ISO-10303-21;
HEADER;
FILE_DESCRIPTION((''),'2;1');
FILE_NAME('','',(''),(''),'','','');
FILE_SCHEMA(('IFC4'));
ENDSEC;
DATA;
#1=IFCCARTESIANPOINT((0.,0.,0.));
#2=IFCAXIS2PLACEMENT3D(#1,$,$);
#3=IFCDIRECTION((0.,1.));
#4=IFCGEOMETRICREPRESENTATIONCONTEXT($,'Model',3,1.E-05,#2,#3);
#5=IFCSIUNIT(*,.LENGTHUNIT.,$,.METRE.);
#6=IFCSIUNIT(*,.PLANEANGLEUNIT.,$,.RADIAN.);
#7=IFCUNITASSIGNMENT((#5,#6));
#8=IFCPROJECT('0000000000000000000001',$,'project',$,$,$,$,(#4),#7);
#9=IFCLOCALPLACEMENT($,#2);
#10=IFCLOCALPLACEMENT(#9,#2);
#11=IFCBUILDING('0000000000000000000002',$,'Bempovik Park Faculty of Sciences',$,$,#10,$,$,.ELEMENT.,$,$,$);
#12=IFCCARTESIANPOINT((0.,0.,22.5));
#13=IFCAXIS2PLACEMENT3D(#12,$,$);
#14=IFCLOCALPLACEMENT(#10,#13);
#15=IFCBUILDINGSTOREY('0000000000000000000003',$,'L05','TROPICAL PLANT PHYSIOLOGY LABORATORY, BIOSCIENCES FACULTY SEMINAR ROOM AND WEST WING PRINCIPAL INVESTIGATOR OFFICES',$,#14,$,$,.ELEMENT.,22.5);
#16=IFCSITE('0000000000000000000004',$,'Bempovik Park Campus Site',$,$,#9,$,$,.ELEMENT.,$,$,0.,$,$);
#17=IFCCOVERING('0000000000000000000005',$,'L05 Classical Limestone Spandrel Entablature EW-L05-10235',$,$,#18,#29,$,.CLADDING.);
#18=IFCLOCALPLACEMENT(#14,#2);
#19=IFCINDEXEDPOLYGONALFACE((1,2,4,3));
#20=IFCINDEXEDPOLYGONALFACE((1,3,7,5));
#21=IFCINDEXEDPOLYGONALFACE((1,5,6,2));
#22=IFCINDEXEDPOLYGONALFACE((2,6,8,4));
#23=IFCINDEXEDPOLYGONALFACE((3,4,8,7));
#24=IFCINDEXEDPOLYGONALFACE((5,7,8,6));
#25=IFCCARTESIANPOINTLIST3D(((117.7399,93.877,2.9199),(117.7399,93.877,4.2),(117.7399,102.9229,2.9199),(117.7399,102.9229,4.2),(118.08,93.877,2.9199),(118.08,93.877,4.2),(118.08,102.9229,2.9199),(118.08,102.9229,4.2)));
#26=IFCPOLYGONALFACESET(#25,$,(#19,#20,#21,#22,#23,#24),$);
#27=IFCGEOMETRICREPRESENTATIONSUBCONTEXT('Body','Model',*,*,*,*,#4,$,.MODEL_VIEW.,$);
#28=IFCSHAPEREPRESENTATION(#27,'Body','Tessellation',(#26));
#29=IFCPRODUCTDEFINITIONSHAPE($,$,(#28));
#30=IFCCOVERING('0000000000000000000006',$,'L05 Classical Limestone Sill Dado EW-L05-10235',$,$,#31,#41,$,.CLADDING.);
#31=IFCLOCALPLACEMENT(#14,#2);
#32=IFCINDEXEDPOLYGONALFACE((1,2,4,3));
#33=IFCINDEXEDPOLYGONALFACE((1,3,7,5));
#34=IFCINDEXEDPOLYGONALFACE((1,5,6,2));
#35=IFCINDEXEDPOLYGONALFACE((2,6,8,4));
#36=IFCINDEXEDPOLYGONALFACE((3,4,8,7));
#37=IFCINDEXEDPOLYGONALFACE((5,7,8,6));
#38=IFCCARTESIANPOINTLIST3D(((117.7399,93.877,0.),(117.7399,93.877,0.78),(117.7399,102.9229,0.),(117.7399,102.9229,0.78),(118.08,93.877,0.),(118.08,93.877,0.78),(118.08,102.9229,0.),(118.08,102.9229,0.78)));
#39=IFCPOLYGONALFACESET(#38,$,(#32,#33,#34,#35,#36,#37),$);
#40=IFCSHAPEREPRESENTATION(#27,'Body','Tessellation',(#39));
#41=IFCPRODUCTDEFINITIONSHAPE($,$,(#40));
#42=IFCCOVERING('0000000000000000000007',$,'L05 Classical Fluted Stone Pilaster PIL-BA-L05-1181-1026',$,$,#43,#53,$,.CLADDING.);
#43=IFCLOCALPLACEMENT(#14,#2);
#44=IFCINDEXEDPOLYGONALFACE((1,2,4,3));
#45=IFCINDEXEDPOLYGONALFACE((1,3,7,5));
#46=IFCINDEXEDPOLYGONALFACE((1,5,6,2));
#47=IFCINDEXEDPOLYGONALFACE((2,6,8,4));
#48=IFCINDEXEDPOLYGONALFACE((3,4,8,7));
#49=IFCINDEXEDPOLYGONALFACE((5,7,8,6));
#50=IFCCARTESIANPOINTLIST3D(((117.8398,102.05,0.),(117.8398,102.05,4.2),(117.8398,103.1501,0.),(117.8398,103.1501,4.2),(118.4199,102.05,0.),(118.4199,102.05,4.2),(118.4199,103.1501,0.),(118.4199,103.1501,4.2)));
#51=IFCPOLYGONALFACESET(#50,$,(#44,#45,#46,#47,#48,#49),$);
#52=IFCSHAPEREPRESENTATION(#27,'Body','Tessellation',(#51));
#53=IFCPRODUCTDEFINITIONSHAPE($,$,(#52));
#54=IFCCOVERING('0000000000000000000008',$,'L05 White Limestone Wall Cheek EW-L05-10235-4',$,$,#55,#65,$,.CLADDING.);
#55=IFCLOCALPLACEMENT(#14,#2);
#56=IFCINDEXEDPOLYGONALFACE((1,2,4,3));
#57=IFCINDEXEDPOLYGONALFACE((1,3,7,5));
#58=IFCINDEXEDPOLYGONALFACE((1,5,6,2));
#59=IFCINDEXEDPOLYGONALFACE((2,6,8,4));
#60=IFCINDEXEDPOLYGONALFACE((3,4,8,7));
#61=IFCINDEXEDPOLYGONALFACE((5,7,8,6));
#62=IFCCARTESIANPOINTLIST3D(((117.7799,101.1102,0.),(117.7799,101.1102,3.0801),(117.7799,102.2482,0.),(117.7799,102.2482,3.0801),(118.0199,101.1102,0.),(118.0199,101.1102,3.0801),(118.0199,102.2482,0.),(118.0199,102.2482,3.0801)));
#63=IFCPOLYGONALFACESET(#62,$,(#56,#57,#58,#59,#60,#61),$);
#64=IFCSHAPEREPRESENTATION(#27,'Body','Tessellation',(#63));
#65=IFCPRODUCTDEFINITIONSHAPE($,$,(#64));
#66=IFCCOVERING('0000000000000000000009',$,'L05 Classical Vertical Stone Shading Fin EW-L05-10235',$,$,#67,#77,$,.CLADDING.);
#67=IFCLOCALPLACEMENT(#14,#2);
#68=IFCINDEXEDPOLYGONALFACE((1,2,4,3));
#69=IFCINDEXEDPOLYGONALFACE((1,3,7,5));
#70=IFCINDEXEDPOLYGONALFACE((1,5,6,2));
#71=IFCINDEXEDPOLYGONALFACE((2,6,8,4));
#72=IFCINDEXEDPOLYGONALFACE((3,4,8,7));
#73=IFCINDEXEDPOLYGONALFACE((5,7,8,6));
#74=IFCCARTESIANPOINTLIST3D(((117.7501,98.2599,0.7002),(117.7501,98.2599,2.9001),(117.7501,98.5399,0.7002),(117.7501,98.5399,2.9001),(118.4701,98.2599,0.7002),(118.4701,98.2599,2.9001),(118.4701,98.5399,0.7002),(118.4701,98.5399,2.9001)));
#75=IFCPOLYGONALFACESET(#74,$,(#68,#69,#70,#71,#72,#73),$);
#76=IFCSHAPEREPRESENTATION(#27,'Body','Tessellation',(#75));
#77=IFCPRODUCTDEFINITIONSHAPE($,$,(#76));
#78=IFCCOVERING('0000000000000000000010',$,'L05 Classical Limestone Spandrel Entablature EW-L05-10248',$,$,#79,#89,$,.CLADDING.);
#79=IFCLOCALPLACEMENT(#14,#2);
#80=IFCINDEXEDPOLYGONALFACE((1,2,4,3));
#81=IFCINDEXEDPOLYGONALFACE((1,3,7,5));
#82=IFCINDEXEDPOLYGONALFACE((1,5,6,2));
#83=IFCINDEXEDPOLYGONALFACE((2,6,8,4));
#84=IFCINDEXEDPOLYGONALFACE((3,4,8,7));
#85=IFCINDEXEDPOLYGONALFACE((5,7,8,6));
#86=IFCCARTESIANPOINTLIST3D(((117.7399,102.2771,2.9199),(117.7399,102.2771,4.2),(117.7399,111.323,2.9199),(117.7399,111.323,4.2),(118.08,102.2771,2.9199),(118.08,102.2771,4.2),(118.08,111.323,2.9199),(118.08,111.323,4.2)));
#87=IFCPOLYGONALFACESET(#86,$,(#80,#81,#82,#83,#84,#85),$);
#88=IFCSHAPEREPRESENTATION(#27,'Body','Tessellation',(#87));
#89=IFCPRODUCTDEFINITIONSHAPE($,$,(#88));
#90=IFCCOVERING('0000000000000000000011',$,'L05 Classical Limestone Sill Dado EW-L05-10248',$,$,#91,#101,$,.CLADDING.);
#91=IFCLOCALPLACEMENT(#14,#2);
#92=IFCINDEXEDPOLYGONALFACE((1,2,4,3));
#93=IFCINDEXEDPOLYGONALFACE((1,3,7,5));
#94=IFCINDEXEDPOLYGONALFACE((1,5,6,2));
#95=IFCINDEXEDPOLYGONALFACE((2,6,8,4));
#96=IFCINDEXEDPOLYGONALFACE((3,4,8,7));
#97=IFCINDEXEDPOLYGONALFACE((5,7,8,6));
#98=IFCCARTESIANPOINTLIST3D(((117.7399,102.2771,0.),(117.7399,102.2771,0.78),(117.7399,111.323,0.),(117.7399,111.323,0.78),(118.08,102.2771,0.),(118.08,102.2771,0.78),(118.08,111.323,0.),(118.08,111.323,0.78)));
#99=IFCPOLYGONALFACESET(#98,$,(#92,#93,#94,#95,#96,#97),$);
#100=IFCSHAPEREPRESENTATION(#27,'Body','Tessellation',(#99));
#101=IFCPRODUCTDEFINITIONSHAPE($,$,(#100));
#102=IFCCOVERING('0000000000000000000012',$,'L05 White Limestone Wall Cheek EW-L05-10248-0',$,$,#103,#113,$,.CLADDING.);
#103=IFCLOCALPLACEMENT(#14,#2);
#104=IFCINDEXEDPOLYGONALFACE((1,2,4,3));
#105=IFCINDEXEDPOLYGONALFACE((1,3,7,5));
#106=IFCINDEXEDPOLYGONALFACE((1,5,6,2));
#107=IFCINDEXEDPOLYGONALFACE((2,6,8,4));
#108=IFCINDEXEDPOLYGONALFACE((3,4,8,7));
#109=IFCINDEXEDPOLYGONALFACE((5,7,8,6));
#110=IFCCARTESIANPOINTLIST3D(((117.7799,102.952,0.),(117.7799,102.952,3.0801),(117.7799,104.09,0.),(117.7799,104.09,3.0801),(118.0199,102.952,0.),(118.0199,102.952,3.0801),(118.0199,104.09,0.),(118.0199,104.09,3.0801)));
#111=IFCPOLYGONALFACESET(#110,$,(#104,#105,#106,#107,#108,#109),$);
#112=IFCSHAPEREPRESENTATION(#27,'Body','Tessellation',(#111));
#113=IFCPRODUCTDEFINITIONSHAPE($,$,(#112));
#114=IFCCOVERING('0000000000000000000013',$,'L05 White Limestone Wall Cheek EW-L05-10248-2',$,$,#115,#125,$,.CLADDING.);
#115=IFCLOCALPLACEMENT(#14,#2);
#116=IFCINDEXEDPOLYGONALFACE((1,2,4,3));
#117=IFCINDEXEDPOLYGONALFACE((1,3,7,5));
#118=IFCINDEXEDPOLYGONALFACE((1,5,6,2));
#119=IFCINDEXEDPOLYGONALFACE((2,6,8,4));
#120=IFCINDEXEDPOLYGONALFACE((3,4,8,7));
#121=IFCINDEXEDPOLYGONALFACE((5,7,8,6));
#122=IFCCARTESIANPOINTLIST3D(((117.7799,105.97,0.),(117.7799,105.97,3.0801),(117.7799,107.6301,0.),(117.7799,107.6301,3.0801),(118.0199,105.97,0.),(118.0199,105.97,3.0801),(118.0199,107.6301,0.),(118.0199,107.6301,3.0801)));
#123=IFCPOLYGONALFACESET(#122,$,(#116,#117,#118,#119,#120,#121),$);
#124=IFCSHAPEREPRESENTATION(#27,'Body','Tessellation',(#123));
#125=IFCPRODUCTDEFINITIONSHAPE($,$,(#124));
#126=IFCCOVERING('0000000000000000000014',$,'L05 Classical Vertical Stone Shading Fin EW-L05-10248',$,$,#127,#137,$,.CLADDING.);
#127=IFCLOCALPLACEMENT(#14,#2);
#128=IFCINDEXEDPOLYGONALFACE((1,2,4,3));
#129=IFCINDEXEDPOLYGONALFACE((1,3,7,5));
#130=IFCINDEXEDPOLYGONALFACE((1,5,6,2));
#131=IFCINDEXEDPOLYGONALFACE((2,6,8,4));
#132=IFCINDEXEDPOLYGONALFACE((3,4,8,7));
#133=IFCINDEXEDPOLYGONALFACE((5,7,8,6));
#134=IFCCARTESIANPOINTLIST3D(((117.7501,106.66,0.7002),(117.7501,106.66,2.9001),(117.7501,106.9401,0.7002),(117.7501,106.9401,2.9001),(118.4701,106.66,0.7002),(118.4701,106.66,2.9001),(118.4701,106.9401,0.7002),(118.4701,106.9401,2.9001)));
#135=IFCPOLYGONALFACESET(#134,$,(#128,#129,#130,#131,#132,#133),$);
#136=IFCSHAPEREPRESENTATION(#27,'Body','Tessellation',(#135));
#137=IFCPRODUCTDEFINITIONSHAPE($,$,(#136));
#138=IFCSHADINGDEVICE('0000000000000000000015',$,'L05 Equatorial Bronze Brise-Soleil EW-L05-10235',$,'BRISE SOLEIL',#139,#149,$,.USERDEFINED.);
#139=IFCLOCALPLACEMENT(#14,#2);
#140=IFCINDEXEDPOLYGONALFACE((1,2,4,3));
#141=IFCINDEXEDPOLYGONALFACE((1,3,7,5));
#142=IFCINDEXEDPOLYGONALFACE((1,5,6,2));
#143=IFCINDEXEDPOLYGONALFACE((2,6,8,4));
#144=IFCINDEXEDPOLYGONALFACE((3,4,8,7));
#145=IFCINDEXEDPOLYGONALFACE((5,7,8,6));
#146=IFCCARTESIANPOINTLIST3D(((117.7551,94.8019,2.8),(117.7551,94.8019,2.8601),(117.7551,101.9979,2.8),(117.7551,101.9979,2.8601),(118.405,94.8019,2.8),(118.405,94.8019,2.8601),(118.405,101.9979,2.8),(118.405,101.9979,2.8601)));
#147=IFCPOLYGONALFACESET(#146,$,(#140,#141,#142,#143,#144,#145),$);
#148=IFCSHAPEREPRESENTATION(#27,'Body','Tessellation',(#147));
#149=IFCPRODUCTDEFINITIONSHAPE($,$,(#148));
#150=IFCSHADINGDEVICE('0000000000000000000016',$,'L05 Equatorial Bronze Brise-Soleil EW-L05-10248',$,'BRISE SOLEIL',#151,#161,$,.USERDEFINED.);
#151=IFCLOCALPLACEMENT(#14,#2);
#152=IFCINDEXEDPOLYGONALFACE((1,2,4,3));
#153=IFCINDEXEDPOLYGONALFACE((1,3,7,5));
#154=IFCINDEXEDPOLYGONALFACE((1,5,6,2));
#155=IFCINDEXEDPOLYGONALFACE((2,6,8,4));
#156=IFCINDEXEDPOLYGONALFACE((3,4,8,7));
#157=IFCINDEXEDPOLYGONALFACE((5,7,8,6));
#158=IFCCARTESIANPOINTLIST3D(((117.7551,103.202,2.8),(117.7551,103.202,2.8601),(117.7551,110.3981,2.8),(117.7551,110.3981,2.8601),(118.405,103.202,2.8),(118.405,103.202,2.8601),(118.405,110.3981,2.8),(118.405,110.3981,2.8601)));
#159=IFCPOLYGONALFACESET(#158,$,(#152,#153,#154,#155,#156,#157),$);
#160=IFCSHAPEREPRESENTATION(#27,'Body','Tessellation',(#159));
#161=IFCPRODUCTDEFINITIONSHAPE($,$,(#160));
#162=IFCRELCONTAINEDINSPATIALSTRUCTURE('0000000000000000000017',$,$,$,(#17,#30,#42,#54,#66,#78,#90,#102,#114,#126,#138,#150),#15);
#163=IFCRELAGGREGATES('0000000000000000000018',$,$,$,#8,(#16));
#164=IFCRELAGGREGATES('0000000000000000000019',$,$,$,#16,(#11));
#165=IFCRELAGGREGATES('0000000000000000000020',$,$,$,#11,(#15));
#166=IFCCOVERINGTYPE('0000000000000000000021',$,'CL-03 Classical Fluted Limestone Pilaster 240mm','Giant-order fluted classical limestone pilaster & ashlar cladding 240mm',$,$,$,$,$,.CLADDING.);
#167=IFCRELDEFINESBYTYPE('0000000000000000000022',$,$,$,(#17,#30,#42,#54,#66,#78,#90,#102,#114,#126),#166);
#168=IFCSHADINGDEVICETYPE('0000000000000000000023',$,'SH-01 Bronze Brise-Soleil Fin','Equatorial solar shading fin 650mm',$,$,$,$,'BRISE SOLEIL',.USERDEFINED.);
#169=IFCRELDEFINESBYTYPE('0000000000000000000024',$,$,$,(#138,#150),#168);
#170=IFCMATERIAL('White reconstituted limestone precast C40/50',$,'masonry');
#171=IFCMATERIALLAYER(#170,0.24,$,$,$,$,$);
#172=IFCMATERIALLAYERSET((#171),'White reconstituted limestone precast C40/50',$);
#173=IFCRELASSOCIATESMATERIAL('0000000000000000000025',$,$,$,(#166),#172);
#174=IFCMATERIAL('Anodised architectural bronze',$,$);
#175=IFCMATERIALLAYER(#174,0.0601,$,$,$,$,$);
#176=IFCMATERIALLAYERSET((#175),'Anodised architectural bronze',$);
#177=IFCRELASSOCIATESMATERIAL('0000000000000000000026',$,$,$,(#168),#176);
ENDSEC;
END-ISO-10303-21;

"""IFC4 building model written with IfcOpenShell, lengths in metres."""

from ifc_helpers import new_model, si_unit, direction, frame, origin, origin_2d, place, context, subcontext, project, spatial, rectangle, extrude, material, layer, layer_set, type_object, element, save


model = new_model("IFC4")

# Units and contexts
model_context = context("Model", 3, precision=1e-05, world=origin(), true_north=direction((0.0, 1.0)))
body_context = subcontext(model_context, "Body", "Model", "MODEL_VIEW")
ifc_project = project(units=[si_unit("LENGTHUNIT", "METRE"), si_unit("PLANEANGLEUNIT", "RADIAN")], contexts=[model_context])

# Site, building, storey
site_placement = place(None, origin())
site = spatial("IfcSite", under=ifc_project, at=site_placement, Name="Bempovik Park Campus Site", CompositionType="ELEMENT", RefElevation=0.0)
building_placement = place(site_placement, origin())
building = spatial("IfcBuilding", under=site, at=building_placement, Name="Bempovik Park Faculty of Sciences", CompositionType="ELEMENT")
storey_placement = place(building_placement, frame((0.0, 0.0, 22.5)))
storey = spatial("IfcBuildingStorey", under=building, at=storey_placement, Name="L05", Description="TROPICAL PLANT PHYSIOLOGY LABORATORY, BIOSCIENCES FACULTY SEMINAR ROOM AND WEST WING PRINCIPAL INVESTIGATOR OFFICES", CompositionType="ELEMENT", Elevation=22.5)

# Coverings
ifc_material_1 = material(Name="White reconstituted limestone precast C40/50", Category="masonry")
ifc_layer_1 = layer(ifc_material_1, 0.24)
ifc_layer_set_1 = layer_set([ifc_layer_1], Name="White reconstituted limestone precast C40/50")
covering_type_1 = type_object("IfcCoveringType", Name="CL-03 Classical Fluted Limestone Pilaster 240mm", Description="Giant-order fluted classical limestone pilaster & ashlar cladding 240mm", PredefinedType="CLADDING", material=ifc_layer_set_1)
covering_1_placement = place(storey_placement, frame((117.9099, 98.3999, 2.9199), z_axis=(0.0, 0.0, 1.0), x_axis=(1.0, 0.0, 0.0)))
element("IfcCovering", 1, at=covering_1_placement, inside=storey, type_object=covering_type_1, Name="L05 Classical Limestone Spandrel Entablature EW-L05-10235", PredefinedType="CLADDING", context=body_context, shape_type="SweptSolid", body=[
    extrude(rectangle(XDim=0.3401, YDim=9.0459, at=origin_2d()), origin(), (0.0, 0.0, 1.0), 1.28),
])
covering_2_placement = place(storey_placement, frame((117.9099, 98.3999, 0.0), z_axis=(0.0, 0.0, 1.0), x_axis=(1.0, 0.0, 0.0)))
element("IfcCovering", 2, at=covering_2_placement, inside=storey, type_object=covering_type_1, Name="L05 Classical Limestone Sill Dado EW-L05-10235", PredefinedType="CLADDING", context=body_context, shape_type="SweptSolid", body=[
    extrude(rectangle(XDim=0.3401, YDim=9.0459, at=origin_2d()), origin(), (0.0, 0.0, 1.0), 0.78),
])
covering_3_placement = place(storey_placement, frame((118.1299, 102.6001, 0.0), z_axis=(0.0, 0.0, 1.0), x_axis=(1.0, 0.0, 0.0)))
element("IfcCovering", 3, at=covering_3_placement, inside=storey, type_object=covering_type_1, Name="L05 Classical Fluted Stone Pilaster PIL-BA-L05-1181-1026", PredefinedType="CLADDING", context=body_context, shape_type="SweptSolid", body=[
    extrude(rectangle(XDim=0.5801, YDim=1.1001, at=origin_2d()), origin(), (0.0, 0.0, 1.0), 4.2),
])
covering_4_placement = place(storey_placement, frame((117.8999, 101.6792, 0.0), z_axis=(0.0, 0.0, 1.0), x_axis=(1.0, 0.0, 0.0)))
element("IfcCovering", 4, at=covering_4_placement, inside=storey, type_object=covering_type_1, Name="L05 White Limestone Wall Cheek EW-L05-10235-4", PredefinedType="CLADDING", context=body_context, shape_type="SweptSolid", body=[
    extrude(rectangle(XDim=0.24, YDim=1.1379, at=origin_2d()), origin(), (0.0, 0.0, 1.0), 3.0801),
])
covering_5_placement = place(storey_placement, frame((118.1101, 98.3999, 0.7002), z_axis=(0.0, 0.0, 1.0), x_axis=(1.0, 0.0, 0.0)))
element("IfcCovering", 5, at=covering_5_placement, inside=storey, type_object=covering_type_1, Name="L05 Classical Vertical Stone Shading Fin EW-L05-10235", PredefinedType="CLADDING", context=body_context, shape_type="SweptSolid", body=[
    extrude(rectangle(XDim=0.72, YDim=0.28, at=origin_2d()), origin(), (0.0, 0.0, 1.0), 2.2),
])
covering_6_placement = place(storey_placement, frame((117.9099, 106.8, 2.9199), z_axis=(0.0, 0.0, 1.0), x_axis=(1.0, 0.0, 0.0)))
element("IfcCovering", 6, at=covering_6_placement, inside=storey, type_object=covering_type_1, Name="L05 Classical Limestone Spandrel Entablature EW-L05-10248", PredefinedType="CLADDING", context=body_context, shape_type="SweptSolid", body=[
    extrude(rectangle(XDim=0.3401, YDim=9.0459, at=origin_2d()), origin(), (0.0, 0.0, 1.0), 1.28),
])
covering_7_placement = place(storey_placement, frame((117.9099, 106.8, 0.0), z_axis=(0.0, 0.0, 1.0), x_axis=(1.0, 0.0, 0.0)))
element("IfcCovering", 7, at=covering_7_placement, inside=storey, type_object=covering_type_1, Name="L05 Classical Limestone Sill Dado EW-L05-10248", PredefinedType="CLADDING", context=body_context, shape_type="SweptSolid", body=[
    extrude(rectangle(XDim=0.3401, YDim=9.0459, at=origin_2d()), origin(), (0.0, 0.0, 1.0), 0.78),
])
covering_8_placement = place(storey_placement, frame((117.8999, 103.521, 0.0), z_axis=(0.0, 0.0, 1.0), x_axis=(1.0, 0.0, 0.0)))
element("IfcCovering", 8, at=covering_8_placement, inside=storey, type_object=covering_type_1, Name="L05 White Limestone Wall Cheek EW-L05-10248-0", PredefinedType="CLADDING", context=body_context, shape_type="SweptSolid", body=[
    extrude(rectangle(XDim=0.24, YDim=1.1379, at=origin_2d()), origin(), (0.0, 0.0, 1.0), 3.0801),
])
covering_9_placement = place(storey_placement, frame((117.8999, 106.8, 0.0), z_axis=(0.0, 0.0, 1.0), x_axis=(1.0, 0.0, 0.0)))
element("IfcCovering", 9, at=covering_9_placement, inside=storey, type_object=covering_type_1, Name="L05 White Limestone Wall Cheek EW-L05-10248-2", PredefinedType="CLADDING", context=body_context, shape_type="SweptSolid", body=[
    extrude(rectangle(XDim=0.24, YDim=1.6602, at=origin_2d()), origin(), (0.0, 0.0, 1.0), 3.0801),
])
covering_10_placement = place(storey_placement, frame((118.1101, 106.8, 0.7002), z_axis=(0.0, 0.0, 1.0), x_axis=(1.0, 0.0, 0.0)))
element("IfcCovering", 10, at=covering_10_placement, inside=storey, type_object=covering_type_1, Name="L05 Classical Vertical Stone Shading Fin EW-L05-10248", PredefinedType="CLADDING", context=body_context, shape_type="SweptSolid", body=[
    extrude(rectangle(XDim=0.72, YDim=0.28, at=origin_2d()), origin(), (0.0, 0.0, 1.0), 2.2),
])

# Shading devices
ifc_material_2 = material(Name="Anodised architectural bronze")
ifc_layer_2 = layer(ifc_material_2, 0.0601)
ifc_layer_set_2 = layer_set([ifc_layer_2], Name="Anodised architectural bronze")
shading_device_type = type_object("IfcShadingDeviceType", Name="SH-01 Bronze Brise-Soleil Fin", Description="Equatorial solar shading fin 650mm", ElementType="BRISE SOLEIL", PredefinedType="USERDEFINED", material=ifc_layer_set_2)
for number, where, z_axis, x_axis, name in (
    (11, (118.0801, 98.3999, 2.8), (0.0, 0.0, 1.0), (1.0, 0.0, 0.0), "L05 Equatorial Bronze Brise-Soleil EW-L05-10235"),
    (12, (118.0801, 106.8, 2.8), (0.0, 0.0, 1.0), (1.0, 0.0, 0.0), "L05 Equatorial Bronze Brise-Soleil EW-L05-10248"),
):
    element("IfcShadingDevice", number, at=place(storey_placement, frame(where, z_axis=z_axis, x_axis=x_axis)), inside=storey, type_object=shading_device_type, Name=name, ObjectType="BRISE SOLEIL", PredefinedType="USERDEFINED", context=body_context, shape_type="SweptSolid", body=[
        extrude(rectangle(XDim=0.6499, YDim=7.196, at=origin_2d()), origin(), (0.0, 0.0, 1.0), 0.0601),
    ])

save(model, "model.ifc")
